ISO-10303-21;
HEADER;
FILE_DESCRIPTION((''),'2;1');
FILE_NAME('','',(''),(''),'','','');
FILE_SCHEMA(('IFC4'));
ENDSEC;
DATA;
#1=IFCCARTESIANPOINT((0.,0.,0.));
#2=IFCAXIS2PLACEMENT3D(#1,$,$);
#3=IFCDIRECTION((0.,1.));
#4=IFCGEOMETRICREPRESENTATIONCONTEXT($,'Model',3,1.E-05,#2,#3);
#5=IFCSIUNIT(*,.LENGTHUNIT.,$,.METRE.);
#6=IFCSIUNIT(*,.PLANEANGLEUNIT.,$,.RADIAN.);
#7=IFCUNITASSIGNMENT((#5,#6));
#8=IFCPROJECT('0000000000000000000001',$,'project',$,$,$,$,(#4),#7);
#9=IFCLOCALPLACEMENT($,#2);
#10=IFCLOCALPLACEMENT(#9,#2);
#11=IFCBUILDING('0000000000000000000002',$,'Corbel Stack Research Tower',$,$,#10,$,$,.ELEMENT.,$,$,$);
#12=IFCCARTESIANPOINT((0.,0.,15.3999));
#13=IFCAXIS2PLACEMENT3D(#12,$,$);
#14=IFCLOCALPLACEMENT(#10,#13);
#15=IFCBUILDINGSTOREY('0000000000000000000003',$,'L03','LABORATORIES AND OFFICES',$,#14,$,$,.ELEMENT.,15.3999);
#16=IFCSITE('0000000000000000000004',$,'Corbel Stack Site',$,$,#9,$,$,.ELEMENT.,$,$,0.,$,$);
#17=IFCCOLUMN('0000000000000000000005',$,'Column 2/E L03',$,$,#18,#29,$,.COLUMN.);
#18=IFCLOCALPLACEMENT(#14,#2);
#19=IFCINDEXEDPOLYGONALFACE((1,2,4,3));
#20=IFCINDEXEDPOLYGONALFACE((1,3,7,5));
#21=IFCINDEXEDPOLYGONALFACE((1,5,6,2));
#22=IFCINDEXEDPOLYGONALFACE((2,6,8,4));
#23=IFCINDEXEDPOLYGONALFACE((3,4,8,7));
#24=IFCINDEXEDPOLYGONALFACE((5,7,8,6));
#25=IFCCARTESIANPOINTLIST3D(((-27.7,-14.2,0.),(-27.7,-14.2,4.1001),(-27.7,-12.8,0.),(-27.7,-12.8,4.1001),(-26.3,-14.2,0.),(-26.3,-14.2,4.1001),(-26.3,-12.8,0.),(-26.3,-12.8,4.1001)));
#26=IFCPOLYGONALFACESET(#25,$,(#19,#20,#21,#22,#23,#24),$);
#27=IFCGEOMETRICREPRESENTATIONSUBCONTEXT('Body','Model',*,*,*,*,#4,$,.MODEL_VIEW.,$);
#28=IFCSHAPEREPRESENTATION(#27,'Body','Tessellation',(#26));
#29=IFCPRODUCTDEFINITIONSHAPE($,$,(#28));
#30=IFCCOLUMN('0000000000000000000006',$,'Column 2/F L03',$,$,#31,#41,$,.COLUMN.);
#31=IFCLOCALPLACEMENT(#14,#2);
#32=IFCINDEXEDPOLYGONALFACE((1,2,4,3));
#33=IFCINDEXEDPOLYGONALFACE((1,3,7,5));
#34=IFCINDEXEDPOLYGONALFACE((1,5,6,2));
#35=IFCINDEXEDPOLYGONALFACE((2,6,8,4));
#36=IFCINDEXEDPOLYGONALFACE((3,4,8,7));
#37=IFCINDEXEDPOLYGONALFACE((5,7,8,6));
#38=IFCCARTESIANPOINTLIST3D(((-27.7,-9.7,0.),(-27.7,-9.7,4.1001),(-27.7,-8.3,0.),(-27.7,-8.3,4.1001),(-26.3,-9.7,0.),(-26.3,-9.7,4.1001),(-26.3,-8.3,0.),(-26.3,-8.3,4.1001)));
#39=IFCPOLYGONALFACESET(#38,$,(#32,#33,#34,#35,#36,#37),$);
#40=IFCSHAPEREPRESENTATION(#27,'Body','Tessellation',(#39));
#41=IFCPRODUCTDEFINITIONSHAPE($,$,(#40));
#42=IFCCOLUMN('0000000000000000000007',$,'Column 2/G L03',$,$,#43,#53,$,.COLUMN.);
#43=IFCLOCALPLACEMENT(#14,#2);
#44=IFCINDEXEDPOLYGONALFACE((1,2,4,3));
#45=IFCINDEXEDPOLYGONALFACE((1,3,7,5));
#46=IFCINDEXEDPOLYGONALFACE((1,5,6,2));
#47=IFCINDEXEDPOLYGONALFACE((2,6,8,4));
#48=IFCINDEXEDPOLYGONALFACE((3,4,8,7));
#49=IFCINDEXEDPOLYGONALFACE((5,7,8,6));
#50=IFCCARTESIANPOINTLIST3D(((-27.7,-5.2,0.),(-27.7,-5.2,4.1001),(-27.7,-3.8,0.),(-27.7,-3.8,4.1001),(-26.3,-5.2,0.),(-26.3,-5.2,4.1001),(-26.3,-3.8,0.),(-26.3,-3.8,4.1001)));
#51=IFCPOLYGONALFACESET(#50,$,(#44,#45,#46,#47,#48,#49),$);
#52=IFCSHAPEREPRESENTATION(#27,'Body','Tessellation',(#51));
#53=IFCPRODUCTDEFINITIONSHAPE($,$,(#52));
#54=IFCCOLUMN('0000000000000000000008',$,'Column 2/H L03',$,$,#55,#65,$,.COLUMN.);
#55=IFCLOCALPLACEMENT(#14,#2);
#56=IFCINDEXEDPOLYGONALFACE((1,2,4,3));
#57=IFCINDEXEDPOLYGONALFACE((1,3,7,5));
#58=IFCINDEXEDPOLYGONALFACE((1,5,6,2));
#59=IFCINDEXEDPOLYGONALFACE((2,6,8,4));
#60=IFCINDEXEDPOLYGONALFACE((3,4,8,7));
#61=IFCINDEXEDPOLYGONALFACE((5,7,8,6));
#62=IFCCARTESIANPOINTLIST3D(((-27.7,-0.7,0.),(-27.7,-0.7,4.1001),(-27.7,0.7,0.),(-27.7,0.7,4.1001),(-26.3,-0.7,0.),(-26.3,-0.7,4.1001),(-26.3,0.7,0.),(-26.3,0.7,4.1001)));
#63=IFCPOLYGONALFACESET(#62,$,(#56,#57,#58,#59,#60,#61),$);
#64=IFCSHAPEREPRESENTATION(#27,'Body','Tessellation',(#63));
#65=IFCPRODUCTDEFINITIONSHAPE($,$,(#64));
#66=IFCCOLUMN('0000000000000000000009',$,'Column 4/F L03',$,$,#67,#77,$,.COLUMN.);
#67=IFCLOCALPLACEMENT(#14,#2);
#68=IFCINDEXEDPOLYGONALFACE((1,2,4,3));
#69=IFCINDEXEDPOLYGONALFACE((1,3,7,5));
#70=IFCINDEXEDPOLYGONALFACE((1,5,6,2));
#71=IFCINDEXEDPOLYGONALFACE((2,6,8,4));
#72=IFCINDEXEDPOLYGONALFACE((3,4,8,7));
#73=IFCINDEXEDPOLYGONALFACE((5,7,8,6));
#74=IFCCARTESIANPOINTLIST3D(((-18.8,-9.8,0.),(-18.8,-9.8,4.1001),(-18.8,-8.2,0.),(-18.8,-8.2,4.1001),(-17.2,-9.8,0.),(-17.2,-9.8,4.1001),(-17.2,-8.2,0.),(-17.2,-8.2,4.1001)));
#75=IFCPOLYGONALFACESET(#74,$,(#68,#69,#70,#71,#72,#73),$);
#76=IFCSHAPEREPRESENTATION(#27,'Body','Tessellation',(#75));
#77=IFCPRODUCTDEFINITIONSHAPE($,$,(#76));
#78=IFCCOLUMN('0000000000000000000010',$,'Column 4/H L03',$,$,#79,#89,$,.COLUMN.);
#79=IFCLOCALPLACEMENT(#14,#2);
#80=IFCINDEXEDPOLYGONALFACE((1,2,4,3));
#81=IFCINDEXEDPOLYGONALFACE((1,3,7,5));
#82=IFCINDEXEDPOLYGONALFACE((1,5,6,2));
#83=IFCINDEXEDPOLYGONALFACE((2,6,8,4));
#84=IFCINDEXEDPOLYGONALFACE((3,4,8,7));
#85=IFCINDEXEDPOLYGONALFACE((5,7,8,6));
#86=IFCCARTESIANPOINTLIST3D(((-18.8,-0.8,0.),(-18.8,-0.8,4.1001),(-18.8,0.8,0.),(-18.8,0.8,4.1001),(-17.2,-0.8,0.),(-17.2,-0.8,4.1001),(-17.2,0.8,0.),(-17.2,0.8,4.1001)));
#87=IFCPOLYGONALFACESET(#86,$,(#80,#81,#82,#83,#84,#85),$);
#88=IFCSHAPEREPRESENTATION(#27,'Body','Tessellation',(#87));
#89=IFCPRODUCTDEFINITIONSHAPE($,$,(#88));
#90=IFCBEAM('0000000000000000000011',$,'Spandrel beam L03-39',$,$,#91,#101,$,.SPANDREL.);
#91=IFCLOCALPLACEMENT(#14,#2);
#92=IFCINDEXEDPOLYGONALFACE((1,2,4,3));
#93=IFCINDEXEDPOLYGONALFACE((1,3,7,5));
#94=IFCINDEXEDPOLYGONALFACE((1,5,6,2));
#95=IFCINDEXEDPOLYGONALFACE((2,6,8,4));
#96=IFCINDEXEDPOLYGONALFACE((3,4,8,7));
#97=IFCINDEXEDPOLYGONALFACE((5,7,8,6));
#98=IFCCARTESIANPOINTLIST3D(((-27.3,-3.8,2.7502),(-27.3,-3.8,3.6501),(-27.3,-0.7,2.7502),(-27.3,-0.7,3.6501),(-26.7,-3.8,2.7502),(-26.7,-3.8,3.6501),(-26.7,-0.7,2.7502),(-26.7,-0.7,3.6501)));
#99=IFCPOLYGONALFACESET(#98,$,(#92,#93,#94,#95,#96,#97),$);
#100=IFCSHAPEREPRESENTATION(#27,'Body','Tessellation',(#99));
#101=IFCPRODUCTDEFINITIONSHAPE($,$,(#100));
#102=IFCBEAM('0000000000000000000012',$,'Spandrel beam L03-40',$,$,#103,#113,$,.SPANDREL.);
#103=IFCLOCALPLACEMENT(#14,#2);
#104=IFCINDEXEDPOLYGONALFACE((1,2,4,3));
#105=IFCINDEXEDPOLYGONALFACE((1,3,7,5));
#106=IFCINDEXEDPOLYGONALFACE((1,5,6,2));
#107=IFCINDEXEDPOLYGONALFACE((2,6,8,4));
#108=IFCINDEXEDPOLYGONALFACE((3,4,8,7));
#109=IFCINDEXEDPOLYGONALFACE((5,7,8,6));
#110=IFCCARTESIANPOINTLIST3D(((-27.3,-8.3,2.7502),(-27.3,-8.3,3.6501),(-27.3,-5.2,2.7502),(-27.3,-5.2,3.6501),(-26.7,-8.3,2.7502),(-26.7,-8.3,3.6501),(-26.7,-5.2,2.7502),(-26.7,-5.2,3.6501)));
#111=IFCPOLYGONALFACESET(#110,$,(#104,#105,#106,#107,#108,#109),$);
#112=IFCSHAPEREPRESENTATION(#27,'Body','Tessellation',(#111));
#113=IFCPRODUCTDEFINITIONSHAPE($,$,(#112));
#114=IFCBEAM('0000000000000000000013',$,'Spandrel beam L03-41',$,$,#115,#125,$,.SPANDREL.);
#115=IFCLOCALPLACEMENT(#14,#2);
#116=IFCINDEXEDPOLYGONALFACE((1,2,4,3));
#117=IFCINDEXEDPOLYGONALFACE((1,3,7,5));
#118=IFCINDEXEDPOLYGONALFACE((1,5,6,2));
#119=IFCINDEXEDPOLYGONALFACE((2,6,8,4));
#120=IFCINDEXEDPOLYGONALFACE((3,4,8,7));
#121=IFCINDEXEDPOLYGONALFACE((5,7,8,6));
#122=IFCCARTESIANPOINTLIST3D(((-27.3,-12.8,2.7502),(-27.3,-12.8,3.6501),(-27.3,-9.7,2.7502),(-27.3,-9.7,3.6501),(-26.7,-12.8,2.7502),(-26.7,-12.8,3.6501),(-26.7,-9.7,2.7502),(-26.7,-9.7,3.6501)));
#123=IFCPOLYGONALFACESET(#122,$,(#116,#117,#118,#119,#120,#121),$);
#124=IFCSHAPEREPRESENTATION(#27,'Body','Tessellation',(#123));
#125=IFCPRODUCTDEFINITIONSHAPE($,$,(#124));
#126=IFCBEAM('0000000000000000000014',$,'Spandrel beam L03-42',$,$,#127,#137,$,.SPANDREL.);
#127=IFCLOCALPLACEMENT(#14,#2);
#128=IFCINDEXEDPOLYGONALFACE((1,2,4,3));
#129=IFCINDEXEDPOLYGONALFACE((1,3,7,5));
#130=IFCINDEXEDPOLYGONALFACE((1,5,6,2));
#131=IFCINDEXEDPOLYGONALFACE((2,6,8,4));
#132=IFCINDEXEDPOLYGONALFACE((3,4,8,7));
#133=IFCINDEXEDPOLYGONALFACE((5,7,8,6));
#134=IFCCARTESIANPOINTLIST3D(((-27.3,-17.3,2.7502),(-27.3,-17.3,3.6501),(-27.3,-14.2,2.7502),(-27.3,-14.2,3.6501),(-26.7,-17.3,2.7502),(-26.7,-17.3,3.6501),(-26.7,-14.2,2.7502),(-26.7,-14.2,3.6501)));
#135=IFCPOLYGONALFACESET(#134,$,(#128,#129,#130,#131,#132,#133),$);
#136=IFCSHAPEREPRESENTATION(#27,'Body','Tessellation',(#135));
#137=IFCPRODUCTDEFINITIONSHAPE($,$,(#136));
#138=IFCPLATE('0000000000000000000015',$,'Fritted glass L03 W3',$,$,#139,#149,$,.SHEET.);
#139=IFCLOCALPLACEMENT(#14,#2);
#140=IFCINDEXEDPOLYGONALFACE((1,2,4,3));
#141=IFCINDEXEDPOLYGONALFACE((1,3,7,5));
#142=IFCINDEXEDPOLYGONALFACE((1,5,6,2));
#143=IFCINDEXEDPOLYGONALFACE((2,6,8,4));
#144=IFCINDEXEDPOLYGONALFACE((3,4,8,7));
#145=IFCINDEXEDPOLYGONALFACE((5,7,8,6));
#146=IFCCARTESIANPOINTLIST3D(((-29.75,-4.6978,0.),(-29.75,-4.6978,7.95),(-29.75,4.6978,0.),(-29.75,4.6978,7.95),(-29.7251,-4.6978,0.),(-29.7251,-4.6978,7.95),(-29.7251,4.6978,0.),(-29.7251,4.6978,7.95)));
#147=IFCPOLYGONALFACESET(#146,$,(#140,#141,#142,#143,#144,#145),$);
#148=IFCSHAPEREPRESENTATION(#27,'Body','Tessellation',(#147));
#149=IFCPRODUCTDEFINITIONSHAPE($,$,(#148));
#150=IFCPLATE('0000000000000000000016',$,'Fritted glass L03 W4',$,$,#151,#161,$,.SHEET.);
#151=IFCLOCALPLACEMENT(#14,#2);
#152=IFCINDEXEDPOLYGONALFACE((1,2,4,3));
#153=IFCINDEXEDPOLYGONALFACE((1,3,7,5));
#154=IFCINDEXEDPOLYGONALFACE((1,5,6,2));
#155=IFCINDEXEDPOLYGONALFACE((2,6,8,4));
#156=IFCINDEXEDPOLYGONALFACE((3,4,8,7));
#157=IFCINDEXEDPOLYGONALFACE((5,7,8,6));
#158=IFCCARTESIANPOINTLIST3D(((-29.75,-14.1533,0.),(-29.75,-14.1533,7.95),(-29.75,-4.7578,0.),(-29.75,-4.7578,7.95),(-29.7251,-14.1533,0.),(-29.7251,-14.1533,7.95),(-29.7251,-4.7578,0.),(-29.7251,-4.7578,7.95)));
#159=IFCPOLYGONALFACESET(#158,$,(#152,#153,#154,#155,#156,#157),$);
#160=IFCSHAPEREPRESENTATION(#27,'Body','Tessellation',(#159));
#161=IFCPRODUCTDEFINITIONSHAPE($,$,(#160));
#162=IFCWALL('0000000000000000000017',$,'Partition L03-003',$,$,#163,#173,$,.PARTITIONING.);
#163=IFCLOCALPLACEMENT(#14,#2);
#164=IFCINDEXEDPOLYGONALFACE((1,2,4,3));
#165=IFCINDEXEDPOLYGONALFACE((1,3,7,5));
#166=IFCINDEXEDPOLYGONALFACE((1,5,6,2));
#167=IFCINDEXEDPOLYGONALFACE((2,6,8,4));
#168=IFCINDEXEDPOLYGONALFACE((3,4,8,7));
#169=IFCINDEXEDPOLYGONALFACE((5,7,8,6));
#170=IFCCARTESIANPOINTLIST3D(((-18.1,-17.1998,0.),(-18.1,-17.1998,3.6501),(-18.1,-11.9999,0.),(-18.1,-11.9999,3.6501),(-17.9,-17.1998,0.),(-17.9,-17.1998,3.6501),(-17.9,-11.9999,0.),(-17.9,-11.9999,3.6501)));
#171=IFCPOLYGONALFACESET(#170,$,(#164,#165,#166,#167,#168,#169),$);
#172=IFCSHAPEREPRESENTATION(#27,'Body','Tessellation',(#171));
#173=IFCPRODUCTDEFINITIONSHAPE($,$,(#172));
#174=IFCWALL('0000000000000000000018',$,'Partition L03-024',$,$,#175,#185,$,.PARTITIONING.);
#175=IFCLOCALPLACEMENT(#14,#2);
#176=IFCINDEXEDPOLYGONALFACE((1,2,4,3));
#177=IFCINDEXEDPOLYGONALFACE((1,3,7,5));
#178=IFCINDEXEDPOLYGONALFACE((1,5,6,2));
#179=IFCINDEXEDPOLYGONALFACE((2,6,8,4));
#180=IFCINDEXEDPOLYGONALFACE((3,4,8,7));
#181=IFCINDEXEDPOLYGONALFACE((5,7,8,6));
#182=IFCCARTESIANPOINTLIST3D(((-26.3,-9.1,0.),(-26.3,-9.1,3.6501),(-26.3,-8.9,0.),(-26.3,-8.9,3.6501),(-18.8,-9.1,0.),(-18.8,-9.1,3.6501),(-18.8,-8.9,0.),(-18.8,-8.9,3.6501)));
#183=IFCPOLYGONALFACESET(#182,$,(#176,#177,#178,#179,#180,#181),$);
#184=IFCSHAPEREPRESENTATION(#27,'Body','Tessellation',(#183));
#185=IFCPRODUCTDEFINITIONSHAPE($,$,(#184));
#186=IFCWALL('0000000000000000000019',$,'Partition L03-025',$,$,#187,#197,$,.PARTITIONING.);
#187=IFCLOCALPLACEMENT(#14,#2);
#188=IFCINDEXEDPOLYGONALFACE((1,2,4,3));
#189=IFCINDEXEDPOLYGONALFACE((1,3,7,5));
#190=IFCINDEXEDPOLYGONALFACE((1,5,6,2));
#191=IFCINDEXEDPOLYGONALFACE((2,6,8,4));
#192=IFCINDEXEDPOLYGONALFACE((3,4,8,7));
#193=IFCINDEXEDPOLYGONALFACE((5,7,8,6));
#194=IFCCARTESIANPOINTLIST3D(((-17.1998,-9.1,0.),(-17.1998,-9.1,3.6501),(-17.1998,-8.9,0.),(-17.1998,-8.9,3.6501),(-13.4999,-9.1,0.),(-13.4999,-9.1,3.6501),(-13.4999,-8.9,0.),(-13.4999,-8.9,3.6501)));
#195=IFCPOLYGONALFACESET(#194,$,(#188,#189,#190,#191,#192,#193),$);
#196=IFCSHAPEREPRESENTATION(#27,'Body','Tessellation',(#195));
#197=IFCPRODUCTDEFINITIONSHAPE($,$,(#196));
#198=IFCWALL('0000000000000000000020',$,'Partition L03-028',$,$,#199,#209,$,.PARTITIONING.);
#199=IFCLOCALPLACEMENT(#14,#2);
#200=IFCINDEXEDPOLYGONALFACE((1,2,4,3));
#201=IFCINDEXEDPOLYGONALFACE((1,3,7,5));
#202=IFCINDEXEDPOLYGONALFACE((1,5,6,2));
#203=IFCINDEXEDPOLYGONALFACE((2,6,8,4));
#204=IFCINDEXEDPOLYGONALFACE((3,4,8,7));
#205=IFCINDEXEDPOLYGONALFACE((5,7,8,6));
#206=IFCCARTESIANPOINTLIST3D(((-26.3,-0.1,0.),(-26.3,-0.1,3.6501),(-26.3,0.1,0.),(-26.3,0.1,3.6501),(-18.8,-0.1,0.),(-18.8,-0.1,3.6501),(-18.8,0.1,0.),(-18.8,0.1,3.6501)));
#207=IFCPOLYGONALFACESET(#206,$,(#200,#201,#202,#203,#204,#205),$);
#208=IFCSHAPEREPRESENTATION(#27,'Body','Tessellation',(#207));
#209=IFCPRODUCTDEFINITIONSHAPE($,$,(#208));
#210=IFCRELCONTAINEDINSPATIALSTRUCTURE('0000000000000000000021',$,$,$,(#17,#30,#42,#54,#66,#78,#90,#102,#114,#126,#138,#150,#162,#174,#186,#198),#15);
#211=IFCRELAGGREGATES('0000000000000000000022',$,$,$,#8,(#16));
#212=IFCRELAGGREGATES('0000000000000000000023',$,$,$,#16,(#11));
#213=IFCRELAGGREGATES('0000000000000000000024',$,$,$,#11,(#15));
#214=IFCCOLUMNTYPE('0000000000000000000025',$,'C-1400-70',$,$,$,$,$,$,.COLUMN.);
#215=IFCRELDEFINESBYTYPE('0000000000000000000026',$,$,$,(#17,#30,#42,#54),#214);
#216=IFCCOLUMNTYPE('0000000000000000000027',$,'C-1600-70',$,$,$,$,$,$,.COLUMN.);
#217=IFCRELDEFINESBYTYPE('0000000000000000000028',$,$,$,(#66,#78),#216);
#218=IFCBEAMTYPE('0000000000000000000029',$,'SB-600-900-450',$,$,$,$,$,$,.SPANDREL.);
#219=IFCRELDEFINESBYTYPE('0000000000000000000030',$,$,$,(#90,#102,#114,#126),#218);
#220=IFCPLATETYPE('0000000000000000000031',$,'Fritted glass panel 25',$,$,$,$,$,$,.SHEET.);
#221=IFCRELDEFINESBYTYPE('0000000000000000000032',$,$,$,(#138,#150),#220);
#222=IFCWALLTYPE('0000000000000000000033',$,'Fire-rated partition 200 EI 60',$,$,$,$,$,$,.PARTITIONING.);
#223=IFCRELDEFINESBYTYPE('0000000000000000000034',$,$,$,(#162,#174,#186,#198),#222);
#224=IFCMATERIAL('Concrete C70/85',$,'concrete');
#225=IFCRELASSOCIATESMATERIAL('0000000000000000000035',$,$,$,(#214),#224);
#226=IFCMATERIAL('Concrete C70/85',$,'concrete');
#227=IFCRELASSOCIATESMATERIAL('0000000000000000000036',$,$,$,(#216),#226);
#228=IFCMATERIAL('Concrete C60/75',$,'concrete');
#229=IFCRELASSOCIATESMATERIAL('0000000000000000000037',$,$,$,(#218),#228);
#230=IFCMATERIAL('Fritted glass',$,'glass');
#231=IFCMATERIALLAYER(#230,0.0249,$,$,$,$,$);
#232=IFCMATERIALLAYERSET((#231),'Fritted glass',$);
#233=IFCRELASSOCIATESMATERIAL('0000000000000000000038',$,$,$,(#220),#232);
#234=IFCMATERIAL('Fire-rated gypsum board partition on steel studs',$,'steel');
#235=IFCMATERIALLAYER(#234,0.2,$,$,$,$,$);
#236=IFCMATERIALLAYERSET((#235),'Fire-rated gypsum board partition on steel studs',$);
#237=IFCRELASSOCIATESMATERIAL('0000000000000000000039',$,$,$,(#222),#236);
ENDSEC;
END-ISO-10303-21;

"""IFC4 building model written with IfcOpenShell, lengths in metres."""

from ifc_helpers import new_model, si_unit, direction, frame, frame_2d, origin, origin_2d, place, context, subcontext, project, spatial, rectangle, extrude, material, layer, layer_set, material_profile, profile_set, type_object, element, save


model = new_model("IFC4")

# Units and contexts
model_context = context("Model", 3, precision=1e-05, world=origin(), true_north=direction((0.0, 1.0)))
body_context = subcontext(model_context, "Body", "Model", "MODEL_VIEW")
ifc_project = project(units=[si_unit("LENGTHUNIT", "METRE"), si_unit("PLANEANGLEUNIT", "RADIAN")], contexts=[model_context])

# Site, building, storey
site_placement = place(None, origin())
site = spatial("IfcSite", under=ifc_project, at=site_placement, Name="Corbel Stack Site", CompositionType="ELEMENT", RefElevation=0.0)
building_placement = place(site_placement, origin())
building = spatial("IfcBuilding", under=site, at=building_placement, Name="Corbel Stack Research Tower", CompositionType="ELEMENT")
storey_placement = place(building_placement, frame((0.0, 0.0, 15.3999)))
storey = spatial("IfcBuildingStorey", under=building, at=storey_placement, Name="L03", Description="LABORATORIES AND OFFICES", CompositionType="ELEMENT", Elevation=15.3999)

# Columns
ifc_material_1 = material(Name="Concrete C70/85", Category="concrete")
ifc_material_profile_1 = material_profile(ifc_material_1, rectangle(XDim=1.3999, YDim=1.3999, at=origin_2d()), Name="RC 1400 x 1400")
ifc_profile_set_1 = profile_set([ifc_material_profile_1], Name="Concrete C70/85")
column_type_1 = type_object("IfcColumnType", Name="C-1400-70", PredefinedType="COLUMN", material=ifc_profile_set_1)
for number, where, z_axis, x_axis, name in (
    (1, (-27.0, -13.5, 0.0), (0.0, 0.0, 1.0), (1.0, 0.0, 0.0), "Column 2/E L03"),
    (2, (-27.0, -9.0, 0.0), (0.0, 0.0, 1.0), (1.0, 0.0, 0.0), "Column 2/F L03"),
    (3, (-27.0, -4.5, 0.0), (0.0, 0.0, 1.0), (1.0, 0.0, 0.0), "Column 2/G L03"),
    (4, (-27.0, 0.0, 0.0), (0.0, 0.0, 1.0), (1.0, 0.0, 0.0), "Column 2/H L03"),
):
    element("IfcColumn", number, at=place(storey_placement, frame(where, z_axis=z_axis, x_axis=x_axis)), inside=storey, type_object=column_type_1, Name=name, PredefinedType="COLUMN", context=body_context, shape_type="SweptSolid", body=[
        extrude(rectangle(XDim=1.3999, YDim=1.3999, at=origin_2d()), origin(), (0.0, 0.0, 1.0), 4.1001),
    ])
ifc_material_2 = material(Name="Concrete C70/85", Category="concrete")
ifc_material_profile_2 = material_profile(ifc_material_2, rectangle(XDim=1.6001, YDim=1.6001, at=origin_2d()), Name="RC 1600 x 1600")
ifc_profile_set_2 = profile_set([ifc_material_profile_2], Name="Concrete C70/85")
column_type_2 = type_object("IfcColumnType", Name="C-1600-70", PredefinedType="COLUMN", material=ifc_profile_set_2)
for number, where, z_axis, x_axis, name in (
    (5, (-18.0, -9.0, 0.0), (0.0, 0.0, 1.0), (1.0, 0.0, 0.0), "Column 4/F L03"),
    (6, (-18.0, 0.0, 0.0), (0.0, 0.0, 1.0), (1.0, 0.0, 0.0), "Column 4/H L03"),
):
    element("IfcColumn", number, at=place(storey_placement, frame(where, z_axis=z_axis, x_axis=x_axis)), inside=storey, type_object=column_type_2, Name=name, PredefinedType="COLUMN", context=body_context, shape_type="SweptSolid", body=[
        extrude(rectangle(XDim=1.6001, YDim=1.6001, at=origin_2d()), origin(), (0.0, 0.0, 1.0), 4.1001),
    ])

# Beams
ifc_material_3 = material(Name="Concrete C60/75", Category="concrete")
ifc_material_profile_3 = material_profile(ifc_material_3, rectangle(XDim=0.6001, YDim=0.8999, at=origin_2d()), Name="RC 600 x 900")
ifc_profile_set_3 = profile_set([ifc_material_profile_3], Name="Concrete C60/75")
beam_type = type_object("IfcBeamType", Name="SB-600-900-450", PredefinedType="SPANDREL", material=ifc_profile_set_3)
for number, where, z_axis, x_axis, name in (
    (7, (-27.0, -0.7, 3.2002), (0.0, -1.0, 0.0), (1.0, 0.0, 0.0), "Spandrel beam L03-39"),
    (8, (-27.0, -5.2, 3.2002), (0.0, -1.0, 0.0), (1.0, 0.0, 0.0), "Spandrel beam L03-40"),
    (9, (-27.0, -9.7, 3.2002), (0.0, -1.0, 0.0), (1.0, 0.0, 0.0), "Spandrel beam L03-41"),
    (10, (-27.0, -14.2, 3.2002), (0.0, -1.0, 0.0), (1.0, 0.0, 0.0), "Spandrel beam L03-42"),
):
    element("IfcBeam", number, at=place(storey_placement, frame(where, z_axis=z_axis, x_axis=x_axis)), inside=storey, type_object=beam_type, Name=name, PredefinedType="SPANDREL", context=body_context, shape_type="SweptSolid", body=[
        extrude(rectangle(XDim=0.6001, YDim=0.8999, at=origin_2d()), origin(), (0.0, 0.0, 1.0), 3.1001),
    ])

# Plates
ifc_material_4 = material(Name="Fritted glass", Category="glass")
ifc_layer_1 = layer(ifc_material_4, 0.0249)
ifc_layer_set_1 = layer_set([ifc_layer_1], Name="Fritted glass")
plate_type = type_object("IfcPlateType", Name="Fritted glass panel 25", PredefinedType="SHEET", material=ifc_layer_set_1)
for number, where, z_axis, x_axis, name in (
    (11, (-29.7375, 0.0, 0.0), (0.0, 0.0, 1.0), (0.0, -1.0, 0.0), "Fritted glass L03 W3"),
    (12, (-29.7375, -9.4556, 0.0), (0.0, 0.0, 1.0), (0.0, -1.0, 0.0), "Fritted glass L03 W4"),
):
    element("IfcPlate", number, at=place(storey_placement, frame(where, z_axis=z_axis, x_axis=x_axis)), inside=storey, type_object=plate_type, Name=name, PredefinedType="SHEET", context=body_context, shape_type="SweptSolid", body=[
        extrude(rectangle(XDim=9.3955, YDim=0.0249, at=origin_2d()), origin(), (0.0, 0.0, 1.0), 7.95),
    ])

# Walls
ifc_material_5 = material(Name="Fire-rated gypsum board partition on steel studs", Category="steel")
ifc_layer_2 = layer(ifc_material_5, 0.2)
ifc_layer_set_2 = layer_set([ifc_layer_2], Name="Fire-rated gypsum board partition on steel studs")
wall_type_1 = type_object("IfcWallType", Name="Fire-rated partition 200 EI 60", PredefinedType="PARTITIONING", material=ifc_layer_set_2)
wall_1_placement = place(storey_placement, frame((-18.0, -17.2, 0.0), z_axis=(0.0, 0.0, 1.0), x_axis=(0.0, 1.0, 0.0)))
element("IfcWall", 13, at=wall_1_placement, inside=storey, type_object=wall_type_1, Name="Partition L03-003", PredefinedType="PARTITIONING", context=body_context, shape_type="SweptSolid", body=[
    extrude(rectangle(XDim=5.2, YDim=0.2, at=frame_2d((2.6001, 0.0))), origin(), (0.0, 0.0, 1.0), 3.6501),
])
wall_2_placement = place(storey_placement, frame((-26.3, -9.0, 0.0), z_axis=(0.0, 0.0, 1.0), x_axis=(1.0, 0.0, 0.0)))
element("IfcWall", 14, at=wall_2_placement, inside=storey, type_object=wall_type_1, Name="Partition L03-024", PredefinedType="PARTITIONING", context=body_context, shape_type="SweptSolid", body=[
    extrude(rectangle(XDim=7.5, YDim=0.2, at=frame_2d((3.75, 0.0))), origin(), (0.0, 0.0, 1.0), 3.6501),
])
wall_3_placement = place(storey_placement, frame((-17.2, -9.0, 0.0), z_axis=(0.0, 0.0, 1.0), x_axis=(1.0, 0.0, 0.0)))
element("IfcWall", 15, at=wall_3_placement, inside=storey, type_object=wall_type_1, Name="Partition L03-025", PredefinedType="PARTITIONING", context=body_context, shape_type="SweptSolid", body=[
    extrude(rectangle(XDim=3.7, YDim=0.2, at=frame_2d((1.8501, 0.0))), origin(), (0.0, 0.0, 1.0), 3.6501),
])
wall_4_placement = place(storey_placement, frame((-26.3, 0.0, 0.0), z_axis=(0.0, 0.0, 1.0), x_axis=(1.0, 0.0, 0.0)))
element("IfcWall", 16, at=wall_4_placement, inside=storey, type_object=wall_type_1, Name="Partition L03-028", PredefinedType="PARTITIONING", context=body_context, shape_type="SweptSolid", body=[
    extrude(rectangle(XDim=7.5, YDim=0.2, at=frame_2d((3.75, 0.0))), origin(), (0.0, 0.0, 1.0), 3.6501),
])

save(model, "model.ifc")
